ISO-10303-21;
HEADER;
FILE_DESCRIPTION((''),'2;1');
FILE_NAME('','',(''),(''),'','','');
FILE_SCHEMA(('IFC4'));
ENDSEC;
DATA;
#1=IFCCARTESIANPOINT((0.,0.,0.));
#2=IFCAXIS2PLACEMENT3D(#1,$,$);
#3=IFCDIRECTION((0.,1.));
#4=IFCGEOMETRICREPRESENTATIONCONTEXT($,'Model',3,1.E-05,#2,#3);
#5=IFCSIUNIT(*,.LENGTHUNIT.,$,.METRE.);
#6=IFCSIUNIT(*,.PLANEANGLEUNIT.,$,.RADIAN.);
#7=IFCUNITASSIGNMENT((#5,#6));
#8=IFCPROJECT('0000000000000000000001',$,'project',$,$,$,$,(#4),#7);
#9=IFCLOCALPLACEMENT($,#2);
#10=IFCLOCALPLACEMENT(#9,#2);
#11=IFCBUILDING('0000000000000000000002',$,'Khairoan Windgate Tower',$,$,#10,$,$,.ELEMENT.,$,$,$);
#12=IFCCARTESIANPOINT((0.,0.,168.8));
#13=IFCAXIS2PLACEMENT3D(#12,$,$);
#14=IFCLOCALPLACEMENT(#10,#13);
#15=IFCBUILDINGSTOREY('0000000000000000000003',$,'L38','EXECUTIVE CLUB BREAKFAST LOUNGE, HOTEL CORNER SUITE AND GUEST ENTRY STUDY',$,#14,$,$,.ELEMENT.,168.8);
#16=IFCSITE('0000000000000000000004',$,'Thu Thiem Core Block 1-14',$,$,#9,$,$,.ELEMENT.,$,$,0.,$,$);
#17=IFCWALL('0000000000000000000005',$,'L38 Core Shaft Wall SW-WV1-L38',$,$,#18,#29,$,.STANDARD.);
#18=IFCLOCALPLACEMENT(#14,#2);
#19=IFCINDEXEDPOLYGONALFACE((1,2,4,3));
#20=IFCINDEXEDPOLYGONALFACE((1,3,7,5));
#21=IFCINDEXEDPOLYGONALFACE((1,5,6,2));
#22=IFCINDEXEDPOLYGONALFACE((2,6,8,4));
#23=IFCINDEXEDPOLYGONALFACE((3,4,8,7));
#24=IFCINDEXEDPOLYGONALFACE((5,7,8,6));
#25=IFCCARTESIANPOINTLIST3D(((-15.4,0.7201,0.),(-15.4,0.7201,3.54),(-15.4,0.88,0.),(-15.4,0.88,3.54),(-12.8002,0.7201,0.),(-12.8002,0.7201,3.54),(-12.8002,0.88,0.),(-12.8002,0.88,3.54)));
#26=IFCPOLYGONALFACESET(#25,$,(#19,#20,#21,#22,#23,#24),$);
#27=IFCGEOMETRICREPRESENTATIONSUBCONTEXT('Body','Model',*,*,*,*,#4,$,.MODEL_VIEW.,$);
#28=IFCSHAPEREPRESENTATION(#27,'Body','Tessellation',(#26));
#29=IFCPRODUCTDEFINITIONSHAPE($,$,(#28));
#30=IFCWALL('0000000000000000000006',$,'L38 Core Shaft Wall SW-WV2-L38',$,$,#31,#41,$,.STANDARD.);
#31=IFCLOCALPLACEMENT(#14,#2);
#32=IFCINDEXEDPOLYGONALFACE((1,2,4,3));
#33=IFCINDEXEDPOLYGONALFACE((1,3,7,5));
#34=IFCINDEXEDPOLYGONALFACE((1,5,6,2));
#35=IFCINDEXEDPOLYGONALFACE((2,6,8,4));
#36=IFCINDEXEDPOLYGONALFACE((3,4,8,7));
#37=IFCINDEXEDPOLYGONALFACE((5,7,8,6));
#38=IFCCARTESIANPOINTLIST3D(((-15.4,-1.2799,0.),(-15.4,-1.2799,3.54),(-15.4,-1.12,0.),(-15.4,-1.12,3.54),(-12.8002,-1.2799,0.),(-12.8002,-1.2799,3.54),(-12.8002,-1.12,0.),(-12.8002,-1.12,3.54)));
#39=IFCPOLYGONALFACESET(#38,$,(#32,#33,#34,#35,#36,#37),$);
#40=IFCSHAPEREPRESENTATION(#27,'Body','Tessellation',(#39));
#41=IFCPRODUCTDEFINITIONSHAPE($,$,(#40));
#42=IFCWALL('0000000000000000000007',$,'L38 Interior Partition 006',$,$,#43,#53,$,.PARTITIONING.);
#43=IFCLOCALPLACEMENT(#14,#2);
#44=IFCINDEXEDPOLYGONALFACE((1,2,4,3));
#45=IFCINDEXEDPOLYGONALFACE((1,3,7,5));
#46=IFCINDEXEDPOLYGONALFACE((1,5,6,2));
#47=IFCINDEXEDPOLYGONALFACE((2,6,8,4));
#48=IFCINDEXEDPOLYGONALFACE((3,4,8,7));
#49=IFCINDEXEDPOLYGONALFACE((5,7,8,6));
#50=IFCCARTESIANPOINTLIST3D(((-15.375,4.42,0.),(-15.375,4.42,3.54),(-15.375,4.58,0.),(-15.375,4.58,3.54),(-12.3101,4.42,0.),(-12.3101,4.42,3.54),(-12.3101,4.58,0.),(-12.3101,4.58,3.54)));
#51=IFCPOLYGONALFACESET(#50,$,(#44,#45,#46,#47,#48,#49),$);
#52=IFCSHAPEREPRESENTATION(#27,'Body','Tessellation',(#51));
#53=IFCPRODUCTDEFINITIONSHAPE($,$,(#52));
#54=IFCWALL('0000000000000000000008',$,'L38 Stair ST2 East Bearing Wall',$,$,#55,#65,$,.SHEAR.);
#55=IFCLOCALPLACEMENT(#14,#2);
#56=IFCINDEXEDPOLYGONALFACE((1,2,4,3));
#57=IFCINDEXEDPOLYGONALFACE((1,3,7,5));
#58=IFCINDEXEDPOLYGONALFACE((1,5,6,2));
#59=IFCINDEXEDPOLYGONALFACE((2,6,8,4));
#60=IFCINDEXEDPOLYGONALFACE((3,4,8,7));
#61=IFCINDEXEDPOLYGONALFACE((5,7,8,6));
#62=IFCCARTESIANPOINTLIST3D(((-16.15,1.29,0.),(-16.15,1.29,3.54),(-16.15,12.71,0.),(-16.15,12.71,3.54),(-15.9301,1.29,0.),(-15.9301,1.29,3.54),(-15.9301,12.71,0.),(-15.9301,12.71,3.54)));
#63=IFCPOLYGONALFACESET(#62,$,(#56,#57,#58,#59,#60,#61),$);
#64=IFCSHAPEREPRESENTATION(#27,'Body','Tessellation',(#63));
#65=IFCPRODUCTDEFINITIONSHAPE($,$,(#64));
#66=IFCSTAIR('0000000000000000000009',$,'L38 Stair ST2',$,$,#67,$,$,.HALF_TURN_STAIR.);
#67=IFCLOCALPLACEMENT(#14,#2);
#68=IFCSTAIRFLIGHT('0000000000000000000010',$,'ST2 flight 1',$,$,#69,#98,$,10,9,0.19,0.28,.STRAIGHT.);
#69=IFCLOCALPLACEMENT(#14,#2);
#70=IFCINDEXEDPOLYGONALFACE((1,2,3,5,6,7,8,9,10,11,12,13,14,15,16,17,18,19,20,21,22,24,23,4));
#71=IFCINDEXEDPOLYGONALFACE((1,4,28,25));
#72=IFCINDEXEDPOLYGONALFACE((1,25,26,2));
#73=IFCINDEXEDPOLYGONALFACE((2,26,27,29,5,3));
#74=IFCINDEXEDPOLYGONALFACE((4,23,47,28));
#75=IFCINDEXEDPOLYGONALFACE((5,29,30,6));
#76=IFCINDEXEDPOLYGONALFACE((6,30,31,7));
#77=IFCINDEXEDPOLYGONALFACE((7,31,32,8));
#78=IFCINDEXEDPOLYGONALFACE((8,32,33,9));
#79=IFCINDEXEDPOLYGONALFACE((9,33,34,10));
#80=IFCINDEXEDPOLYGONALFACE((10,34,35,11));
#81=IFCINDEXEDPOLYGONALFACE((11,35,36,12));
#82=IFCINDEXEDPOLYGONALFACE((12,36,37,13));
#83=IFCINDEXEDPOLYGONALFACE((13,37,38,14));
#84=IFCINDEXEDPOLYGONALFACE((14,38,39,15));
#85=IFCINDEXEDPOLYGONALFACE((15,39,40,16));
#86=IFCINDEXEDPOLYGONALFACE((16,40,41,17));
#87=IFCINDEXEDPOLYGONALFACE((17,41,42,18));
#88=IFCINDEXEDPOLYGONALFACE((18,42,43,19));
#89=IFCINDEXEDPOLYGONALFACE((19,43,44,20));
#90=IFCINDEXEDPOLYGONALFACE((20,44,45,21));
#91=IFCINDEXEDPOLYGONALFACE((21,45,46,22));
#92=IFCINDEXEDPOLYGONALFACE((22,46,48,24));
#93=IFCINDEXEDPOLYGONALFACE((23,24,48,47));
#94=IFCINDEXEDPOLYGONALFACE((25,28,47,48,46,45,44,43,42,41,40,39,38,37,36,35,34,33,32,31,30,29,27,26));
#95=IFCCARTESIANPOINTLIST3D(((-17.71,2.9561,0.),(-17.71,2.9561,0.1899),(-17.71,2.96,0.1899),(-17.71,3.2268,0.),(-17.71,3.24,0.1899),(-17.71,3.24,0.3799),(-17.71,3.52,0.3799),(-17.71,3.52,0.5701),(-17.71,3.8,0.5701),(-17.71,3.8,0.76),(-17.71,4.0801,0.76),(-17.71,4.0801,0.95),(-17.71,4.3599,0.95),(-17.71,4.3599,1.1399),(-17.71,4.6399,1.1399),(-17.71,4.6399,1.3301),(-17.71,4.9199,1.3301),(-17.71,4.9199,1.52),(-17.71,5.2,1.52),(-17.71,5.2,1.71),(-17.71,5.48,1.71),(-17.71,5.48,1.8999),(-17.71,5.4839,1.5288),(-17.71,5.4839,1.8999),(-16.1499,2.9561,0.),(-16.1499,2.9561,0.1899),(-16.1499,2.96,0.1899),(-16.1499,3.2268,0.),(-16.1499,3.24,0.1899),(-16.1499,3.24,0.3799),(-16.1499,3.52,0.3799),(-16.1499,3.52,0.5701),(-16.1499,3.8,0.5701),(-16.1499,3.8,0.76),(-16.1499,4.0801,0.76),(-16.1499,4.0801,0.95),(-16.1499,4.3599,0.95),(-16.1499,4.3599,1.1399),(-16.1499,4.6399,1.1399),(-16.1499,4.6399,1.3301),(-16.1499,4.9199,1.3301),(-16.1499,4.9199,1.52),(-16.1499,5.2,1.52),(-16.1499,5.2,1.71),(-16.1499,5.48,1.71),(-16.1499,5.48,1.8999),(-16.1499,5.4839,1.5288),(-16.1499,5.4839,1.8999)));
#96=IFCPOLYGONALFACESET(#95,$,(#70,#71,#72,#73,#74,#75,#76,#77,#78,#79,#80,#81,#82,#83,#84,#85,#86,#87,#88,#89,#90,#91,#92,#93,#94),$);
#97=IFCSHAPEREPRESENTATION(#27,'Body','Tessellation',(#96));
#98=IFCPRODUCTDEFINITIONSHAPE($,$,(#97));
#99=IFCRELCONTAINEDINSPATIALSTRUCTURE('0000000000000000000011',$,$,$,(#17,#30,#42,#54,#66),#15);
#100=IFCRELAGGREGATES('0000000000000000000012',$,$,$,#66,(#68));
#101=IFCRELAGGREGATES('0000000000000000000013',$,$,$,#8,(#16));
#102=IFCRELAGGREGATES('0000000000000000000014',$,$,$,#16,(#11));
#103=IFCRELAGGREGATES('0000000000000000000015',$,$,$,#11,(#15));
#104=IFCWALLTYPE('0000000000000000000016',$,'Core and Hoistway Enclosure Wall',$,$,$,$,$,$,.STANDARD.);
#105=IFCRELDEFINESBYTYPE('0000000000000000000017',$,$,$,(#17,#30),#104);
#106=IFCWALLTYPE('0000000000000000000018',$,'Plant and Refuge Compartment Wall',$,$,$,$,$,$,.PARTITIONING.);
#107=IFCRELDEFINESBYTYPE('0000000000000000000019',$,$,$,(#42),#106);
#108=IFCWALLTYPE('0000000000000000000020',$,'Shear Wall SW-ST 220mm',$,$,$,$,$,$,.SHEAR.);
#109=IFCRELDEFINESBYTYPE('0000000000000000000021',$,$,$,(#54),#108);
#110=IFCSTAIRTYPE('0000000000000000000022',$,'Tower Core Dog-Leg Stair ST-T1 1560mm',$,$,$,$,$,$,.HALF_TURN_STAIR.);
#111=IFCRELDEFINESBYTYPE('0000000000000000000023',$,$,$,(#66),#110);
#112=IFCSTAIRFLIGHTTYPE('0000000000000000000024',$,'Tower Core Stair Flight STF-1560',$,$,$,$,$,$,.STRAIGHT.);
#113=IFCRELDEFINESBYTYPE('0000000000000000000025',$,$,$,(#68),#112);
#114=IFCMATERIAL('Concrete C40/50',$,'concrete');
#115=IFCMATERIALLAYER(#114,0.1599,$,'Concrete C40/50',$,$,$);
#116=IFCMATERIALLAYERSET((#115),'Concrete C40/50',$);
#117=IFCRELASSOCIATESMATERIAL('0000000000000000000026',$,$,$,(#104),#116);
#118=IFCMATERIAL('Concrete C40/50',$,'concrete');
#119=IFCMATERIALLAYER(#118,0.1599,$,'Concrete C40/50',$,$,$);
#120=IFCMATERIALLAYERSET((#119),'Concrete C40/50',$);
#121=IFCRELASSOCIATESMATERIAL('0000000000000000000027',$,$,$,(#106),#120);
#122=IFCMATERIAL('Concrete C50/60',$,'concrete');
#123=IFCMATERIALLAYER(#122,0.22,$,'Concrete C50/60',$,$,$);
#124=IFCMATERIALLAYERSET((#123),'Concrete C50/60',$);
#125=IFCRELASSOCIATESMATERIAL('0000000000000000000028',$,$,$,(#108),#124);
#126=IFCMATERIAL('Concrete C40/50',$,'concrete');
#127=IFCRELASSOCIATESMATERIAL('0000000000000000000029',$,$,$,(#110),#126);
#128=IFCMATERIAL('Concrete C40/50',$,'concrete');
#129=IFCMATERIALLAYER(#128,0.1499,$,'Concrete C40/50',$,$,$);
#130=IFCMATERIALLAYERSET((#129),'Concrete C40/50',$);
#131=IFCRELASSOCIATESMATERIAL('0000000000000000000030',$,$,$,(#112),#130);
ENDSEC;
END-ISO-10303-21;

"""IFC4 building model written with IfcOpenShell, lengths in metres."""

from ifc_helpers import new_model, si_unit, direction, frame, frame_2d, origin, place, context, subcontext, project, spatial, polyline, rectangle, outline, extrude, material, layer, layer_set, type_object, element, aggregate, save


model = new_model("IFC4")

# Units and contexts
model_context = context("Model", 3, precision=1e-05, world=origin(), true_north=direction((0.0, 1.0)))
body_context = subcontext(model_context, "Body", "Model", "MODEL_VIEW")
ifc_project = project(units=[si_unit("LENGTHUNIT", "METRE"), si_unit("PLANEANGLEUNIT", "RADIAN")], contexts=[model_context])

# Site, building, storey
site_placement = place(None, origin())
site = spatial("IfcSite", under=ifc_project, at=site_placement, Name="Thu Thiem Core Block 1-14", CompositionType="ELEMENT", RefElevation=0.0)
building_placement = place(site_placement, origin())
building = spatial("IfcBuilding", under=site, at=building_placement, Name="Khairoan Windgate Tower", CompositionType="ELEMENT")
storey_placement = place(building_placement, frame((0.0, 0.0, 168.8)))
storey = spatial("IfcBuildingStorey", under=building, at=storey_placement, Name="L38", Description="EXECUTIVE CLUB BREAKFAST LOUNGE, HOTEL CORNER SUITE AND GUEST ENTRY STUDY", CompositionType="ELEMENT", Elevation=168.8)

# Walls
ifc_material_1 = material(Name="Concrete C40/50", Category="concrete")
ifc_layer_1 = layer(ifc_material_1, 0.1599, Name="Concrete C40/50")
ifc_layer_set_1 = layer_set([ifc_layer_1], Name="Concrete C40/50")
wall_type_1 = type_object("IfcWallType", Name="Core and Hoistway Enclosure Wall", PredefinedType="STANDARD", material=ifc_layer_set_1)
for number, where, z_axis, x_axis, name in (
    (1, (-15.3999, 0.8, 0.0), (0.0, 0.0, 1.0), (1.0, 0.0, 0.0), "L38 Core Shaft Wall SW-WV1-L38"),
    (2, (-15.3999, -1.2, 0.0), (0.0, 0.0, 1.0), (1.0, 0.0, 0.0), "L38 Core Shaft Wall SW-WV2-L38"),
):
    element("IfcWall", number, at=place(storey_placement, frame(where, z_axis=z_axis, x_axis=x_axis)), inside=storey, type_object=wall_type_1, Name=name, PredefinedType="STANDARD", context=body_context, shape_type="SweptSolid", body=[
        extrude(rectangle(XDim=2.5999, YDim=0.1599, at=frame_2d((1.2998, 0.0))), origin(), (0.0, 0.0, 1.0), 3.54),
    ])
ifc_material_2 = material(Name="Concrete C40/50", Category="concrete")
ifc_layer_2 = layer(ifc_material_2, 0.1599, Name="Concrete C40/50")
ifc_layer_set_2 = layer_set([ifc_layer_2], Name="Concrete C40/50")
wall_type_2 = type_object("IfcWallType", Name="Plant and Refuge Compartment Wall", PredefinedType="PARTITIONING", material=ifc_layer_set_2)
wall_1_placement = place(storey_placement, frame((-15.375, 4.5, 0.0), z_axis=(0.0, 0.0, 1.0), x_axis=(1.0, 0.0, 0.0)))
element("IfcWall", 3, at=wall_1_placement, inside=storey, type_object=wall_type_2, Name="L38 Interior Partition 006", PredefinedType="PARTITIONING", context=body_context, shape_type="SweptSolid", body=[
    extrude(rectangle(XDim=3.0649, YDim=0.1599, at=frame_2d((1.5325, 0.0))), origin(), (0.0, 0.0, 1.0), 3.54),
])
ifc_material_3 = material(Name="Concrete C50/60", Category="concrete")
ifc_layer_3 = layer(ifc_material_3, 0.22, Name="Concrete C50/60")
ifc_layer_set_3 = layer_set([ifc_layer_3], Name="Concrete C50/60")
wall_type_3 = type_object("IfcWallType", Name="Shear Wall SW-ST 220mm", PredefinedType="SHEAR", material=ifc_layer_set_3)
wall_2_placement = place(storey_placement, frame((-16.04, 1.29, 0.0), z_axis=(0.0, 0.0, 1.0), x_axis=(0.0, 1.0, 0.0)))
element("IfcWall", 4, at=wall_2_placement, inside=storey, type_object=wall_type_3, Name="L38 Stair ST2 East Bearing Wall", PredefinedType="SHEAR", context=body_context, shape_type="SweptSolid", body=[
    extrude(rectangle(XDim=11.4199, YDim=0.22, at=frame_2d((5.71, 0.0))), origin(), (0.0, 0.0, 1.0), 3.54),
])

# Stair, stair flight
ifc_material_4 = material(Name="Concrete C40/50", Category="concrete")
stair_type = type_object("IfcStairType", Name="Tower Core Dog-Leg Stair ST-T1 1560mm", PredefinedType="HALF_TURN_STAIR", material=ifc_material_4)
stair_placement = place(storey_placement, origin())
stair = element("IfcStair", 5, at=stair_placement, inside=storey, type_object=stair_type, Name="L38 Stair ST2", PredefinedType="HALF_TURN_STAIR")
ifc_material_5 = material(Name="Concrete C40/50", Category="concrete")
ifc_layer_4 = layer(ifc_material_5, 0.1499, Name="Concrete C40/50")
ifc_layer_set_4 = layer_set([ifc_layer_4], Name="Concrete C40/50")
stair_flight_type = type_object("IfcStairFlightType", Name="Tower Core Stair Flight STF-1560", PredefinedType="STRAIGHT", material=ifc_layer_set_4)
stair_flight_placement = place(storey_placement, frame((-16.9299, 2.96, 0.0), z_axis=(0.0, 0.0, 1.0), x_axis=(0.0, 1.0, 0.0)))
stair_flight = element("IfcStairFlight", 6, at=stair_flight_placement, type_object=stair_flight_type, Name="ST2 flight 1", NumberOfRisers=10, NumberOfTreads=9, PredefinedType="STRAIGHT", RiserHeight=0.19, TreadLength=0.28, context=body_context, shape_type="SweptSolid", body=[
    extrude(outline(polyline([(-0.0039, 0.0), (-0.0039, 0.1899), (0.0, 0.1899), (0.28, 0.1899), (0.28, 0.3799), (0.5601, 0.3799), (0.5601, 0.5701), (0.8401, 0.5701), (0.8401, 0.76), (1.1201, 0.76), (1.1201, 0.95), (1.3999, 0.95), (1.3999, 1.1399), (1.6799, 1.1399), (1.6799, 1.3301), (1.96, 1.3301), (1.96, 1.52), (2.24, 1.52), (2.24, 1.71), (2.52, 1.71), (2.52, 1.8999), (2.5239, 1.8999), (2.5239, 1.5288), (0.2668, 0.0), (-0.0039, 0.0)])), frame((0.0, 0.78, 0.0), z_axis=(0.0, -1.0, 0.0), x_axis=(1.0, 0.0, 0.0)), (0.0, 0.0, 1.0), 1.5601),
])
aggregate(stair, [stair_flight])

save(model, "model.ifc")
